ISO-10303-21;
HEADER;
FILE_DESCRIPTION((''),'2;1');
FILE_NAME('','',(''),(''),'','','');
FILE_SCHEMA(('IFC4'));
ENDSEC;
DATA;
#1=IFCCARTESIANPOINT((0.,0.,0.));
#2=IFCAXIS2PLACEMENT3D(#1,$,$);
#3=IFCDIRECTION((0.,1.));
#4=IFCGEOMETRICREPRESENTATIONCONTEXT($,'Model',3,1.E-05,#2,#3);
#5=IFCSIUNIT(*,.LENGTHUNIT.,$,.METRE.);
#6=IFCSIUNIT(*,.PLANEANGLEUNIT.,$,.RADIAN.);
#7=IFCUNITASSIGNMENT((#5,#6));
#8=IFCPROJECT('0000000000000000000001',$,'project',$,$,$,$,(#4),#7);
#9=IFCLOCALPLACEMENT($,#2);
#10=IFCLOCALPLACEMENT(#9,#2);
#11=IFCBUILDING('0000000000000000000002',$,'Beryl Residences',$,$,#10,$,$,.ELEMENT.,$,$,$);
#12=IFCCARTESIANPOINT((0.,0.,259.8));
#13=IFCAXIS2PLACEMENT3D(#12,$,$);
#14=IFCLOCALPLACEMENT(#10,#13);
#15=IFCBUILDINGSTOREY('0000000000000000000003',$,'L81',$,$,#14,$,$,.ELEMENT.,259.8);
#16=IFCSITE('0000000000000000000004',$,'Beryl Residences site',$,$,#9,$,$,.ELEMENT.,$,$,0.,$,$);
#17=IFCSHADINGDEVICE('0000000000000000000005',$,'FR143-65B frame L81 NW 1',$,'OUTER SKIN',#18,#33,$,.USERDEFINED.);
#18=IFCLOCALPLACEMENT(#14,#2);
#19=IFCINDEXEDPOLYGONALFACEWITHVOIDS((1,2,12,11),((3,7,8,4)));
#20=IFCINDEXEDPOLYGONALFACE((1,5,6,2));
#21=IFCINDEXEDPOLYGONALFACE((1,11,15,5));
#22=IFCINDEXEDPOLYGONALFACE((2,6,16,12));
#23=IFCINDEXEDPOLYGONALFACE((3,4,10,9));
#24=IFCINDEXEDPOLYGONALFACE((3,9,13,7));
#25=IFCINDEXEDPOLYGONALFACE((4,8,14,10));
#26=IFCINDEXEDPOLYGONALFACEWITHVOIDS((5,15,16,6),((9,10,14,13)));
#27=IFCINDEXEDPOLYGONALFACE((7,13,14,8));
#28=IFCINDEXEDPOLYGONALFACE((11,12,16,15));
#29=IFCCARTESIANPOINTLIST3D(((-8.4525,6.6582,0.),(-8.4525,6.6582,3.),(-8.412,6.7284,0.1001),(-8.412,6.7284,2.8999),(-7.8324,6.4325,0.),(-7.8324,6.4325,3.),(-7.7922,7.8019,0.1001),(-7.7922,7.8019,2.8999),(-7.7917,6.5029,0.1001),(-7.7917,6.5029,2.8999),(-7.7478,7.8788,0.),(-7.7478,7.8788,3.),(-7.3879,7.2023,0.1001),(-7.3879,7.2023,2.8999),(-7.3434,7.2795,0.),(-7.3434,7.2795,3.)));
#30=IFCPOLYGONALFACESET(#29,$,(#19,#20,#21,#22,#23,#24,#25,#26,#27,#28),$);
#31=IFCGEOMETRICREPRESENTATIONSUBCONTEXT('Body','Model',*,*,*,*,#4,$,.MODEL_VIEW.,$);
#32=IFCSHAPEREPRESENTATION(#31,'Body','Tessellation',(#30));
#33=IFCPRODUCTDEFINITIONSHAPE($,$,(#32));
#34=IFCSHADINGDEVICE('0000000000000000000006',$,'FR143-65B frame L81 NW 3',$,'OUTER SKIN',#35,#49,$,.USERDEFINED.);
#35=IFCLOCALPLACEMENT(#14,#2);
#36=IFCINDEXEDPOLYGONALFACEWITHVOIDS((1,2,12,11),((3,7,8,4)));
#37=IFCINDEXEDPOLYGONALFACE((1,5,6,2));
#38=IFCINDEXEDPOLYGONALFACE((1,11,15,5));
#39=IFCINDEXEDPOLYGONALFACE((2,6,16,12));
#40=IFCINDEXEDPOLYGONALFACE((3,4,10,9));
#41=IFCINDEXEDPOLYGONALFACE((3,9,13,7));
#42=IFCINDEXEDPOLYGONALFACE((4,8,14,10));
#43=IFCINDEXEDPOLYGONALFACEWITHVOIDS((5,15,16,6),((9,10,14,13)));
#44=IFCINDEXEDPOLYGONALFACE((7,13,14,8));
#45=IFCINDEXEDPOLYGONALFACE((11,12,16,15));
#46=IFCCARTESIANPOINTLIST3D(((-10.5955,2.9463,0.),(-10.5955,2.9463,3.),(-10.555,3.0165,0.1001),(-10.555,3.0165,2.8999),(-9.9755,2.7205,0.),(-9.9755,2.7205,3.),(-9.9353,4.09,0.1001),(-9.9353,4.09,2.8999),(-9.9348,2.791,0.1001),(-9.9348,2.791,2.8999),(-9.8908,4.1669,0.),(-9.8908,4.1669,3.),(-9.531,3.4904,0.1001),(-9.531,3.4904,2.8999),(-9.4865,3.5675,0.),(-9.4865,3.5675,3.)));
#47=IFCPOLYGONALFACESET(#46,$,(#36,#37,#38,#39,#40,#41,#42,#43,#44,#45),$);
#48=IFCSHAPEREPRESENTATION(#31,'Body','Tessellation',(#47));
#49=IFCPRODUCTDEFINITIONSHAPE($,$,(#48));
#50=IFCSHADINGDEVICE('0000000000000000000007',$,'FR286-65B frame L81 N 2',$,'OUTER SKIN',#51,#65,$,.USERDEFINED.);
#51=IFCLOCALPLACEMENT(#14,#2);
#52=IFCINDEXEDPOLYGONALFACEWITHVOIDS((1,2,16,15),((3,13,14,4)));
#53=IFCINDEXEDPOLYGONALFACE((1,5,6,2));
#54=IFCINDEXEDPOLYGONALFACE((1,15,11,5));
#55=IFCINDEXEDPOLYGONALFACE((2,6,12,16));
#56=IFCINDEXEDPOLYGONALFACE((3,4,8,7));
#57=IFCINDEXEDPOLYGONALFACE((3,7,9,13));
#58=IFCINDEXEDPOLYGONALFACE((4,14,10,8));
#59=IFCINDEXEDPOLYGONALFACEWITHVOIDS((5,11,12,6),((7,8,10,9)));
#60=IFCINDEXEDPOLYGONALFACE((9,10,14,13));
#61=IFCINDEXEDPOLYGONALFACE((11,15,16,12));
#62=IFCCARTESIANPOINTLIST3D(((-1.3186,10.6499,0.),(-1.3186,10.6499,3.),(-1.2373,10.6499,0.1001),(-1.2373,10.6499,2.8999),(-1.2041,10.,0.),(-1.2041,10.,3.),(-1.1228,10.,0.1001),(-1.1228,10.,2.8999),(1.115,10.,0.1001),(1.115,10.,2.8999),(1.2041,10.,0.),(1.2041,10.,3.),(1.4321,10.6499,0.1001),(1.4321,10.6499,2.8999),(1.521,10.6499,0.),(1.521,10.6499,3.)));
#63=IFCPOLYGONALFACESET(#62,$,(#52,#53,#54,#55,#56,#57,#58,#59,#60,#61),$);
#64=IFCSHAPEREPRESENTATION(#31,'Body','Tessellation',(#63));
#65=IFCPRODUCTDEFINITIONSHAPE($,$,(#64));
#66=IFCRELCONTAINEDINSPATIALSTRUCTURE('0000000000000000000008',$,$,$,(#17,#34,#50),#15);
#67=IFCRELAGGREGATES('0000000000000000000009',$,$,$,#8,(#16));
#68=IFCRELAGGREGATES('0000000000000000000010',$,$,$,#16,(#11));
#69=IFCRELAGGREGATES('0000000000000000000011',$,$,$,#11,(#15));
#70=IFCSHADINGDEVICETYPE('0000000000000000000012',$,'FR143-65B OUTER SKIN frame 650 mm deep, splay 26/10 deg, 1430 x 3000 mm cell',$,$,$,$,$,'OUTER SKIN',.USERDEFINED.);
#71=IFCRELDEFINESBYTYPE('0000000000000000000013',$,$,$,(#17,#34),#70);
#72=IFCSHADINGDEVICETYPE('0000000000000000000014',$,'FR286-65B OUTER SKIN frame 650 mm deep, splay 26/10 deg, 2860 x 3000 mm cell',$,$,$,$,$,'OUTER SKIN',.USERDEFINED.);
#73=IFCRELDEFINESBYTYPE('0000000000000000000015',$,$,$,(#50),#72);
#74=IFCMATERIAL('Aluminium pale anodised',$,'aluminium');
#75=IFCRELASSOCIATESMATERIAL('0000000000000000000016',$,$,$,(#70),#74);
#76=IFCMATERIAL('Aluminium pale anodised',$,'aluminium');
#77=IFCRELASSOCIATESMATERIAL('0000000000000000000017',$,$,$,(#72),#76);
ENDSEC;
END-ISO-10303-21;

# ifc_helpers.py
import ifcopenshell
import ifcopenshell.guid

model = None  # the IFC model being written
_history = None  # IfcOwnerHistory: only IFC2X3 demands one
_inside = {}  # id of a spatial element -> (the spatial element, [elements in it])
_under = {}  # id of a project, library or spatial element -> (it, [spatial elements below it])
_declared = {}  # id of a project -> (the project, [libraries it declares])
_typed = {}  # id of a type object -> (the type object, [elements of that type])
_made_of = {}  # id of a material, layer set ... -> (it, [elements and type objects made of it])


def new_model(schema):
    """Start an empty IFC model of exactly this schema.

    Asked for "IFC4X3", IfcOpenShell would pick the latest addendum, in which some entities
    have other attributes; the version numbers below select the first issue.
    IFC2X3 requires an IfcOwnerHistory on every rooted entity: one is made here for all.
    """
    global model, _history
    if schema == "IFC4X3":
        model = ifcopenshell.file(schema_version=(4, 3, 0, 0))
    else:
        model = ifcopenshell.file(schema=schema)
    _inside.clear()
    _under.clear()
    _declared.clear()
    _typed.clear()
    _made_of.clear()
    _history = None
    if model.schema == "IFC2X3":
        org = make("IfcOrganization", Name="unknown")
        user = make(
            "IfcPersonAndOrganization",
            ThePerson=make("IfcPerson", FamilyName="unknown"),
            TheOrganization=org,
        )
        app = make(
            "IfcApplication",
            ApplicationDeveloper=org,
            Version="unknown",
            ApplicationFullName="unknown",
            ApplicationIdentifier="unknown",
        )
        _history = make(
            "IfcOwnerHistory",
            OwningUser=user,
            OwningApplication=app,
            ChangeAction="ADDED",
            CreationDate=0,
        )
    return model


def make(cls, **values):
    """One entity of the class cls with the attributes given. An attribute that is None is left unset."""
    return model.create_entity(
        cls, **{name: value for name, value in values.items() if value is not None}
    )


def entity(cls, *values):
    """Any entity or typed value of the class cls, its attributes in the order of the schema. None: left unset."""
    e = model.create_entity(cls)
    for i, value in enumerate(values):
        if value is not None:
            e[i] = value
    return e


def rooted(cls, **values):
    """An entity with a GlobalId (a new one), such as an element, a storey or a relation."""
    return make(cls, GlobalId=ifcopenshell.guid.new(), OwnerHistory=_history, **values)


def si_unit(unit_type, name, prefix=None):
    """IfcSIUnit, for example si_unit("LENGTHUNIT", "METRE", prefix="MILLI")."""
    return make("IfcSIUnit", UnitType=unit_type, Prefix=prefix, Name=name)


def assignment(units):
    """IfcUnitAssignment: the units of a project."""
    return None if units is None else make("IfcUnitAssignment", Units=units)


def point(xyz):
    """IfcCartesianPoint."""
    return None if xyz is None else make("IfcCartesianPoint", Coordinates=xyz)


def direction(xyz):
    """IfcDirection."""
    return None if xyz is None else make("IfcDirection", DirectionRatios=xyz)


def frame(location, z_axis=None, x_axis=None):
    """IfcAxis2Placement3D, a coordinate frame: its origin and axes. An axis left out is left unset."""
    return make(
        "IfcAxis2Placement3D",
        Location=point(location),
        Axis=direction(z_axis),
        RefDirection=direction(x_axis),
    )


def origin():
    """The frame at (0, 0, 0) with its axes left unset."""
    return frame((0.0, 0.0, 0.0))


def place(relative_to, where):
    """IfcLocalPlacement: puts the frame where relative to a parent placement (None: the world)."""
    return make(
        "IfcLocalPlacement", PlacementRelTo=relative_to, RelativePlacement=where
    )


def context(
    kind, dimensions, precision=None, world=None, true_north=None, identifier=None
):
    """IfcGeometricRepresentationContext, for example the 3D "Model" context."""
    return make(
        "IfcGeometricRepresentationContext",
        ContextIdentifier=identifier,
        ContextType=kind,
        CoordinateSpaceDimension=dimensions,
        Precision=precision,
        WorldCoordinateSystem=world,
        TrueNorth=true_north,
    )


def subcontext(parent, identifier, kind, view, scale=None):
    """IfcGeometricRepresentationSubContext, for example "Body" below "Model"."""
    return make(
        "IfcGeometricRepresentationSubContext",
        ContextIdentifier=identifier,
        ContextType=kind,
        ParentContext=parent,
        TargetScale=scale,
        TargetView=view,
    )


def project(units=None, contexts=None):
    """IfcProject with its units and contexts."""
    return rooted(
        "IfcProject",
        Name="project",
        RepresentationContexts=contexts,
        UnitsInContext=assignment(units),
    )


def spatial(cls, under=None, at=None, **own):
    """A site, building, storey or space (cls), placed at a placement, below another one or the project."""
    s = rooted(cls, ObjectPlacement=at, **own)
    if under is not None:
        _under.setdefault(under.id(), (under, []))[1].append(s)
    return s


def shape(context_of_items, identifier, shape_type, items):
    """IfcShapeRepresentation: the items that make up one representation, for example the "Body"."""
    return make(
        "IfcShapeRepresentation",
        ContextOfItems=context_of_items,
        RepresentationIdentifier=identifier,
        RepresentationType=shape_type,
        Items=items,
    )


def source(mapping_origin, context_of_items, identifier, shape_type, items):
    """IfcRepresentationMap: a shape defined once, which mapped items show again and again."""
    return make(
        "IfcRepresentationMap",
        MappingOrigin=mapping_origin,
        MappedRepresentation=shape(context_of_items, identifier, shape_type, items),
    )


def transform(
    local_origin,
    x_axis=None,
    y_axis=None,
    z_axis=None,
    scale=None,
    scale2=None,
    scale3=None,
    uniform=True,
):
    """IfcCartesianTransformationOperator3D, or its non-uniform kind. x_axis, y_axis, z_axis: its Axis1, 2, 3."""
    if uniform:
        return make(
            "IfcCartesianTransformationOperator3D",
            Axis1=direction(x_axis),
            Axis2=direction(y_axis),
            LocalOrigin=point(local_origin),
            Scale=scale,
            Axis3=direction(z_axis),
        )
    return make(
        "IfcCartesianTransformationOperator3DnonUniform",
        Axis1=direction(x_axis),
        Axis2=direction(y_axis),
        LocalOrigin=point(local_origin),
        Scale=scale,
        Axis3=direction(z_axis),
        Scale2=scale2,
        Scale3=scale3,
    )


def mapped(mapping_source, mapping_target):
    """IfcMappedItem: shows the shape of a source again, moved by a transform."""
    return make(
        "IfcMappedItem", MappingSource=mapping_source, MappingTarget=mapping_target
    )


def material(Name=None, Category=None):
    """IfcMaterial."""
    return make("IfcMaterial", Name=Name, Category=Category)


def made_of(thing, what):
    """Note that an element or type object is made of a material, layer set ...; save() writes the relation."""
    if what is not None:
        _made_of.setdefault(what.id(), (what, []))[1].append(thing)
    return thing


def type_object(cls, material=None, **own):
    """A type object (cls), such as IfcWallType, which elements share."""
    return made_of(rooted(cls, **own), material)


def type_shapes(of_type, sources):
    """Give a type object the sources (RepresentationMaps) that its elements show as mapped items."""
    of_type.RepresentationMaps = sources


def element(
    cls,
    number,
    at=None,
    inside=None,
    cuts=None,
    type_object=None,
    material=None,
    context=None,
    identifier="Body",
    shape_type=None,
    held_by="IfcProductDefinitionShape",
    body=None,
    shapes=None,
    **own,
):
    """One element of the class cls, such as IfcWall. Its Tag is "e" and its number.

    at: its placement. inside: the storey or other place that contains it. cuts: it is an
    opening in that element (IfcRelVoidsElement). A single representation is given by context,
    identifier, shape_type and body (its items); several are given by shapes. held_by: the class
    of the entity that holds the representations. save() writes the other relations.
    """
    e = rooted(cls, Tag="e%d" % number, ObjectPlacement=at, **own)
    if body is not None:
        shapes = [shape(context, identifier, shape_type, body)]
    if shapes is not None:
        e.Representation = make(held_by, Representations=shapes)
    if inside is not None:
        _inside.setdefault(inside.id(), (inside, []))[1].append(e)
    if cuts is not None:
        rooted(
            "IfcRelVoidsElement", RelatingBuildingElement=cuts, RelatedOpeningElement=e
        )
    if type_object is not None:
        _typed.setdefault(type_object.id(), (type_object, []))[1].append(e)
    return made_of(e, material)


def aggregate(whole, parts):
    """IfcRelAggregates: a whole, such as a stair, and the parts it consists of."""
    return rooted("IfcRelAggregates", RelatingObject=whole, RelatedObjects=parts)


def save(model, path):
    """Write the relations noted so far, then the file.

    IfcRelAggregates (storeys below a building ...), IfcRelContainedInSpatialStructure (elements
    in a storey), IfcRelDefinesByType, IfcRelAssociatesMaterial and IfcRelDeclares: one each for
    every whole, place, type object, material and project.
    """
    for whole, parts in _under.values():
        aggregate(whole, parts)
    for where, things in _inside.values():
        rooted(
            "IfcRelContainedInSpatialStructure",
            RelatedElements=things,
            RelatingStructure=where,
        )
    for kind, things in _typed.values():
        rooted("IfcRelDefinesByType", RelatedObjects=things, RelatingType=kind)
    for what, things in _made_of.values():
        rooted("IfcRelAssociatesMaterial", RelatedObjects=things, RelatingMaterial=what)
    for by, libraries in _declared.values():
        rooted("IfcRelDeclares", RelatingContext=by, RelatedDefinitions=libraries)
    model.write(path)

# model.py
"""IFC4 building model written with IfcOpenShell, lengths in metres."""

from ifc_helpers import new_model, entity, si_unit, direction, frame, origin, place, context, subcontext, project, spatial, source, transform, mapped, material, type_object, type_shapes, element, save


model = new_model("IFC4")

# Units and contexts
model_context = context("Model", 3, precision=1e-05, world=origin(), true_north=direction((0.0, 1.0)))
body_context = subcontext(model_context, "Body", "Model", "MODEL_VIEW")
ifc_project = project(units=[si_unit("LENGTHUNIT", "METRE"), si_unit("PLANEANGLEUNIT", "RADIAN")], contexts=[model_context])

# Site, building, storey
site_placement = place(None, origin())
site = spatial("IfcSite", under=ifc_project, at=site_placement, Name="Beryl Residences site", CompositionType="ELEMENT", RefElevation=0.0)
building_placement = place(site_placement, origin())
building = spatial("IfcBuilding", under=site, at=building_placement, Name="Beryl Residences", CompositionType="ELEMENT")
storey_placement = place(building_placement, frame((0.0, 0.0, 259.8)))
storey = spatial("IfcBuildingStorey", under=building, at=storey_placement, Name="L81", CompositionType="ELEMENT", Elevation=259.8)

# Shading devices
ifc_material_1 = material(Name="Aluminium pale anodised", Category="aluminium")
shading_device_type_1 = type_object("IfcShadingDeviceType", Name="FR143-65B OUTER SKIN frame 650 mm deep, splay 26/10 deg, 1430 x 3000 mm cell", ElementType="OUTER SKIN", PredefinedType="USERDEFINED", material=ifc_material_1)
cartesian_point_1 = entity("IfcCartesianPoint", [-0.489, 0.0])
cartesian_point_2 = entity("IfcCartesianPoint", [-0.3999, 0.1001])
cartesian_point_3 = entity("IfcCartesianPoint", [-0.8059, 0.0])
cartesian_point_4 = entity("IfcCartesianPoint", [-0.717, 0.1001])
shared_shape_1 = source(origin(), body_context, "Body", "SweptSolid", [
    entity("IfcExtrudedAreaSolidTapered", entity("IfcArbitraryProfileDefWithVoids", "AREA", None, entity("IfcPolyline", [cartesian_point_1, entity("IfcCartesianPoint", [0.489, 0.0]), entity("IfcCartesianPoint", [0.489, 3.0]), entity("IfcCartesianPoint", [-0.489, 3.0]), cartesian_point_1]), [entity("IfcPolyline", [cartesian_point_2, entity("IfcCartesianPoint", [0.4077, 0.1001]), entity("IfcCartesianPoint", [0.4077, 2.8999]), entity("IfcCartesianPoint", [-0.3999, 2.8999]), cartesian_point_2])]), entity("IfcAxis2Placement3D", entity("IfcCartesianPoint", [0.0, 0.0, 0.0]), entity("IfcDirection", [0.0, 1.0, 0.0]), entity("IfcDirection", [-1.0, 0.0, 0.0])), entity("IfcDirection", [0.0, 0.0, 1.0]), 0.6499, entity("IfcArbitraryProfileDefWithVoids", "AREA", None, entity("IfcPolyline", [cartesian_point_3, entity("IfcCartesianPoint", [0.6035, 0.0]), entity("IfcCartesianPoint", [0.6035, 3.0]), entity("IfcCartesianPoint", [-0.8059, 3.0]), cartesian_point_3]), [entity("IfcPolyline", [cartesian_point_4, entity("IfcCartesianPoint", [0.5225, 0.1001]), entity("IfcCartesianPoint", [0.5225, 2.8999]), entity("IfcCartesianPoint", [-0.717, 2.8999]), cartesian_point_4])])),
])
type_shapes(shading_device_type_1, [shared_shape_1])
for number, where, z_axis, x_axis, name in (
    (1, (-7.5879, 6.856, 0.0), (0.0, 0.0, 1.0), (0.5, 0.866025, 0.0), "FR143-65B frame L81 NW 1"),
    (2, (-9.731, 3.144, 0.0), (0.0, 0.0, 1.0), (0.5, 0.866025, 0.0), "FR143-65B frame L81 NW 3"),
):
    element("IfcShadingDevice", number, at=place(storey_placement, frame(where, z_axis=z_axis, x_axis=x_axis)), inside=storey, type_object=shading_device_type_1, Name=name, ObjectType="OUTER SKIN", PredefinedType="USERDEFINED", context=body_context, shape_type="MappedRepresentation", body=[
        mapped(shared_shape_1, transform((0.0, 0.0, 0.0))),
    ])
ifc_material_2 = material(Name="Aluminium pale anodised", Category="aluminium")
shading_device_type_2 = type_object("IfcShadingDeviceType", Name="FR286-65B OUTER SKIN frame 650 mm deep, splay 26/10 deg, 2860 x 3000 mm cell", ElementType="OUTER SKIN", PredefinedType="USERDEFINED", material=ifc_material_2)
cartesian_point_5 = entity("IfcCartesianPoint", [-1.2041, 0.0])
cartesian_point_6 = entity("IfcCartesianPoint", [-1.115, 0.1001])
cartesian_point_7 = entity("IfcCartesianPoint", [-1.521, 0.0])
cartesian_point_8 = entity("IfcCartesianPoint", [-1.4321, 0.1001])
shared_shape_2 = source(origin(), body_context, "Body", "SweptSolid", [
    entity("IfcExtrudedAreaSolidTapered", entity("IfcArbitraryProfileDefWithVoids", "AREA", None, entity("IfcPolyline", [cartesian_point_5, entity("IfcCartesianPoint", [1.2041, 0.0]), entity("IfcCartesianPoint", [1.2041, 3.0]), entity("IfcCartesianPoint", [-1.2041, 3.0]), cartesian_point_5]), [entity("IfcPolyline", [cartesian_point_6, entity("IfcCartesianPoint", [1.1228, 0.1001]), entity("IfcCartesianPoint", [1.1228, 2.8999]), entity("IfcCartesianPoint", [-1.115, 2.8999]), cartesian_point_6])]), entity("IfcAxis2Placement3D", entity("IfcCartesianPoint", [0.0, 0.0, 0.0]), entity("IfcDirection", [0.0, 1.0, 0.0]), entity("IfcDirection", [-1.0, 0.0, 0.0])), entity("IfcDirection", [0.0, 0.0, 1.0]), 0.6499, entity("IfcArbitraryProfileDefWithVoids", "AREA", None, entity("IfcPolyline", [cartesian_point_7, entity("IfcCartesianPoint", [1.3186, 0.0]), entity("IfcCartesianPoint", [1.3186, 3.0]), entity("IfcCartesianPoint", [-1.521, 3.0]), cartesian_point_7]), [entity("IfcPolyline", [cartesian_point_8, entity("IfcCartesianPoint", [1.2373, 0.1001]), entity("IfcCartesianPoint", [1.2373, 2.8999]), entity("IfcCartesianPoint", [-1.4321, 2.8999]), cartesian_point_8])])),
])
type_shapes(shading_device_type_2, [shared_shape_2])
for number, where, z_axis, x_axis, name in (
    (3, (0.0, 10.0, 0.0), (0.0, 0.0, 1.0), (1.0, 0.0, 0.0), "FR286-65B frame L81 N 2"),
):
    element("IfcShadingDevice", number, at=place(storey_placement, frame(where, z_axis=z_axis, x_axis=x_axis)), inside=storey, type_object=shading_device_type_2, Name=name, ObjectType="OUTER SKIN", PredefinedType="USERDEFINED", context=body_context, shape_type="MappedRepresentation", body=[
        mapped(shared_shape_2, transform((0.0, 0.0, 0.0))),
    ])

save(model, "model.ifc")
